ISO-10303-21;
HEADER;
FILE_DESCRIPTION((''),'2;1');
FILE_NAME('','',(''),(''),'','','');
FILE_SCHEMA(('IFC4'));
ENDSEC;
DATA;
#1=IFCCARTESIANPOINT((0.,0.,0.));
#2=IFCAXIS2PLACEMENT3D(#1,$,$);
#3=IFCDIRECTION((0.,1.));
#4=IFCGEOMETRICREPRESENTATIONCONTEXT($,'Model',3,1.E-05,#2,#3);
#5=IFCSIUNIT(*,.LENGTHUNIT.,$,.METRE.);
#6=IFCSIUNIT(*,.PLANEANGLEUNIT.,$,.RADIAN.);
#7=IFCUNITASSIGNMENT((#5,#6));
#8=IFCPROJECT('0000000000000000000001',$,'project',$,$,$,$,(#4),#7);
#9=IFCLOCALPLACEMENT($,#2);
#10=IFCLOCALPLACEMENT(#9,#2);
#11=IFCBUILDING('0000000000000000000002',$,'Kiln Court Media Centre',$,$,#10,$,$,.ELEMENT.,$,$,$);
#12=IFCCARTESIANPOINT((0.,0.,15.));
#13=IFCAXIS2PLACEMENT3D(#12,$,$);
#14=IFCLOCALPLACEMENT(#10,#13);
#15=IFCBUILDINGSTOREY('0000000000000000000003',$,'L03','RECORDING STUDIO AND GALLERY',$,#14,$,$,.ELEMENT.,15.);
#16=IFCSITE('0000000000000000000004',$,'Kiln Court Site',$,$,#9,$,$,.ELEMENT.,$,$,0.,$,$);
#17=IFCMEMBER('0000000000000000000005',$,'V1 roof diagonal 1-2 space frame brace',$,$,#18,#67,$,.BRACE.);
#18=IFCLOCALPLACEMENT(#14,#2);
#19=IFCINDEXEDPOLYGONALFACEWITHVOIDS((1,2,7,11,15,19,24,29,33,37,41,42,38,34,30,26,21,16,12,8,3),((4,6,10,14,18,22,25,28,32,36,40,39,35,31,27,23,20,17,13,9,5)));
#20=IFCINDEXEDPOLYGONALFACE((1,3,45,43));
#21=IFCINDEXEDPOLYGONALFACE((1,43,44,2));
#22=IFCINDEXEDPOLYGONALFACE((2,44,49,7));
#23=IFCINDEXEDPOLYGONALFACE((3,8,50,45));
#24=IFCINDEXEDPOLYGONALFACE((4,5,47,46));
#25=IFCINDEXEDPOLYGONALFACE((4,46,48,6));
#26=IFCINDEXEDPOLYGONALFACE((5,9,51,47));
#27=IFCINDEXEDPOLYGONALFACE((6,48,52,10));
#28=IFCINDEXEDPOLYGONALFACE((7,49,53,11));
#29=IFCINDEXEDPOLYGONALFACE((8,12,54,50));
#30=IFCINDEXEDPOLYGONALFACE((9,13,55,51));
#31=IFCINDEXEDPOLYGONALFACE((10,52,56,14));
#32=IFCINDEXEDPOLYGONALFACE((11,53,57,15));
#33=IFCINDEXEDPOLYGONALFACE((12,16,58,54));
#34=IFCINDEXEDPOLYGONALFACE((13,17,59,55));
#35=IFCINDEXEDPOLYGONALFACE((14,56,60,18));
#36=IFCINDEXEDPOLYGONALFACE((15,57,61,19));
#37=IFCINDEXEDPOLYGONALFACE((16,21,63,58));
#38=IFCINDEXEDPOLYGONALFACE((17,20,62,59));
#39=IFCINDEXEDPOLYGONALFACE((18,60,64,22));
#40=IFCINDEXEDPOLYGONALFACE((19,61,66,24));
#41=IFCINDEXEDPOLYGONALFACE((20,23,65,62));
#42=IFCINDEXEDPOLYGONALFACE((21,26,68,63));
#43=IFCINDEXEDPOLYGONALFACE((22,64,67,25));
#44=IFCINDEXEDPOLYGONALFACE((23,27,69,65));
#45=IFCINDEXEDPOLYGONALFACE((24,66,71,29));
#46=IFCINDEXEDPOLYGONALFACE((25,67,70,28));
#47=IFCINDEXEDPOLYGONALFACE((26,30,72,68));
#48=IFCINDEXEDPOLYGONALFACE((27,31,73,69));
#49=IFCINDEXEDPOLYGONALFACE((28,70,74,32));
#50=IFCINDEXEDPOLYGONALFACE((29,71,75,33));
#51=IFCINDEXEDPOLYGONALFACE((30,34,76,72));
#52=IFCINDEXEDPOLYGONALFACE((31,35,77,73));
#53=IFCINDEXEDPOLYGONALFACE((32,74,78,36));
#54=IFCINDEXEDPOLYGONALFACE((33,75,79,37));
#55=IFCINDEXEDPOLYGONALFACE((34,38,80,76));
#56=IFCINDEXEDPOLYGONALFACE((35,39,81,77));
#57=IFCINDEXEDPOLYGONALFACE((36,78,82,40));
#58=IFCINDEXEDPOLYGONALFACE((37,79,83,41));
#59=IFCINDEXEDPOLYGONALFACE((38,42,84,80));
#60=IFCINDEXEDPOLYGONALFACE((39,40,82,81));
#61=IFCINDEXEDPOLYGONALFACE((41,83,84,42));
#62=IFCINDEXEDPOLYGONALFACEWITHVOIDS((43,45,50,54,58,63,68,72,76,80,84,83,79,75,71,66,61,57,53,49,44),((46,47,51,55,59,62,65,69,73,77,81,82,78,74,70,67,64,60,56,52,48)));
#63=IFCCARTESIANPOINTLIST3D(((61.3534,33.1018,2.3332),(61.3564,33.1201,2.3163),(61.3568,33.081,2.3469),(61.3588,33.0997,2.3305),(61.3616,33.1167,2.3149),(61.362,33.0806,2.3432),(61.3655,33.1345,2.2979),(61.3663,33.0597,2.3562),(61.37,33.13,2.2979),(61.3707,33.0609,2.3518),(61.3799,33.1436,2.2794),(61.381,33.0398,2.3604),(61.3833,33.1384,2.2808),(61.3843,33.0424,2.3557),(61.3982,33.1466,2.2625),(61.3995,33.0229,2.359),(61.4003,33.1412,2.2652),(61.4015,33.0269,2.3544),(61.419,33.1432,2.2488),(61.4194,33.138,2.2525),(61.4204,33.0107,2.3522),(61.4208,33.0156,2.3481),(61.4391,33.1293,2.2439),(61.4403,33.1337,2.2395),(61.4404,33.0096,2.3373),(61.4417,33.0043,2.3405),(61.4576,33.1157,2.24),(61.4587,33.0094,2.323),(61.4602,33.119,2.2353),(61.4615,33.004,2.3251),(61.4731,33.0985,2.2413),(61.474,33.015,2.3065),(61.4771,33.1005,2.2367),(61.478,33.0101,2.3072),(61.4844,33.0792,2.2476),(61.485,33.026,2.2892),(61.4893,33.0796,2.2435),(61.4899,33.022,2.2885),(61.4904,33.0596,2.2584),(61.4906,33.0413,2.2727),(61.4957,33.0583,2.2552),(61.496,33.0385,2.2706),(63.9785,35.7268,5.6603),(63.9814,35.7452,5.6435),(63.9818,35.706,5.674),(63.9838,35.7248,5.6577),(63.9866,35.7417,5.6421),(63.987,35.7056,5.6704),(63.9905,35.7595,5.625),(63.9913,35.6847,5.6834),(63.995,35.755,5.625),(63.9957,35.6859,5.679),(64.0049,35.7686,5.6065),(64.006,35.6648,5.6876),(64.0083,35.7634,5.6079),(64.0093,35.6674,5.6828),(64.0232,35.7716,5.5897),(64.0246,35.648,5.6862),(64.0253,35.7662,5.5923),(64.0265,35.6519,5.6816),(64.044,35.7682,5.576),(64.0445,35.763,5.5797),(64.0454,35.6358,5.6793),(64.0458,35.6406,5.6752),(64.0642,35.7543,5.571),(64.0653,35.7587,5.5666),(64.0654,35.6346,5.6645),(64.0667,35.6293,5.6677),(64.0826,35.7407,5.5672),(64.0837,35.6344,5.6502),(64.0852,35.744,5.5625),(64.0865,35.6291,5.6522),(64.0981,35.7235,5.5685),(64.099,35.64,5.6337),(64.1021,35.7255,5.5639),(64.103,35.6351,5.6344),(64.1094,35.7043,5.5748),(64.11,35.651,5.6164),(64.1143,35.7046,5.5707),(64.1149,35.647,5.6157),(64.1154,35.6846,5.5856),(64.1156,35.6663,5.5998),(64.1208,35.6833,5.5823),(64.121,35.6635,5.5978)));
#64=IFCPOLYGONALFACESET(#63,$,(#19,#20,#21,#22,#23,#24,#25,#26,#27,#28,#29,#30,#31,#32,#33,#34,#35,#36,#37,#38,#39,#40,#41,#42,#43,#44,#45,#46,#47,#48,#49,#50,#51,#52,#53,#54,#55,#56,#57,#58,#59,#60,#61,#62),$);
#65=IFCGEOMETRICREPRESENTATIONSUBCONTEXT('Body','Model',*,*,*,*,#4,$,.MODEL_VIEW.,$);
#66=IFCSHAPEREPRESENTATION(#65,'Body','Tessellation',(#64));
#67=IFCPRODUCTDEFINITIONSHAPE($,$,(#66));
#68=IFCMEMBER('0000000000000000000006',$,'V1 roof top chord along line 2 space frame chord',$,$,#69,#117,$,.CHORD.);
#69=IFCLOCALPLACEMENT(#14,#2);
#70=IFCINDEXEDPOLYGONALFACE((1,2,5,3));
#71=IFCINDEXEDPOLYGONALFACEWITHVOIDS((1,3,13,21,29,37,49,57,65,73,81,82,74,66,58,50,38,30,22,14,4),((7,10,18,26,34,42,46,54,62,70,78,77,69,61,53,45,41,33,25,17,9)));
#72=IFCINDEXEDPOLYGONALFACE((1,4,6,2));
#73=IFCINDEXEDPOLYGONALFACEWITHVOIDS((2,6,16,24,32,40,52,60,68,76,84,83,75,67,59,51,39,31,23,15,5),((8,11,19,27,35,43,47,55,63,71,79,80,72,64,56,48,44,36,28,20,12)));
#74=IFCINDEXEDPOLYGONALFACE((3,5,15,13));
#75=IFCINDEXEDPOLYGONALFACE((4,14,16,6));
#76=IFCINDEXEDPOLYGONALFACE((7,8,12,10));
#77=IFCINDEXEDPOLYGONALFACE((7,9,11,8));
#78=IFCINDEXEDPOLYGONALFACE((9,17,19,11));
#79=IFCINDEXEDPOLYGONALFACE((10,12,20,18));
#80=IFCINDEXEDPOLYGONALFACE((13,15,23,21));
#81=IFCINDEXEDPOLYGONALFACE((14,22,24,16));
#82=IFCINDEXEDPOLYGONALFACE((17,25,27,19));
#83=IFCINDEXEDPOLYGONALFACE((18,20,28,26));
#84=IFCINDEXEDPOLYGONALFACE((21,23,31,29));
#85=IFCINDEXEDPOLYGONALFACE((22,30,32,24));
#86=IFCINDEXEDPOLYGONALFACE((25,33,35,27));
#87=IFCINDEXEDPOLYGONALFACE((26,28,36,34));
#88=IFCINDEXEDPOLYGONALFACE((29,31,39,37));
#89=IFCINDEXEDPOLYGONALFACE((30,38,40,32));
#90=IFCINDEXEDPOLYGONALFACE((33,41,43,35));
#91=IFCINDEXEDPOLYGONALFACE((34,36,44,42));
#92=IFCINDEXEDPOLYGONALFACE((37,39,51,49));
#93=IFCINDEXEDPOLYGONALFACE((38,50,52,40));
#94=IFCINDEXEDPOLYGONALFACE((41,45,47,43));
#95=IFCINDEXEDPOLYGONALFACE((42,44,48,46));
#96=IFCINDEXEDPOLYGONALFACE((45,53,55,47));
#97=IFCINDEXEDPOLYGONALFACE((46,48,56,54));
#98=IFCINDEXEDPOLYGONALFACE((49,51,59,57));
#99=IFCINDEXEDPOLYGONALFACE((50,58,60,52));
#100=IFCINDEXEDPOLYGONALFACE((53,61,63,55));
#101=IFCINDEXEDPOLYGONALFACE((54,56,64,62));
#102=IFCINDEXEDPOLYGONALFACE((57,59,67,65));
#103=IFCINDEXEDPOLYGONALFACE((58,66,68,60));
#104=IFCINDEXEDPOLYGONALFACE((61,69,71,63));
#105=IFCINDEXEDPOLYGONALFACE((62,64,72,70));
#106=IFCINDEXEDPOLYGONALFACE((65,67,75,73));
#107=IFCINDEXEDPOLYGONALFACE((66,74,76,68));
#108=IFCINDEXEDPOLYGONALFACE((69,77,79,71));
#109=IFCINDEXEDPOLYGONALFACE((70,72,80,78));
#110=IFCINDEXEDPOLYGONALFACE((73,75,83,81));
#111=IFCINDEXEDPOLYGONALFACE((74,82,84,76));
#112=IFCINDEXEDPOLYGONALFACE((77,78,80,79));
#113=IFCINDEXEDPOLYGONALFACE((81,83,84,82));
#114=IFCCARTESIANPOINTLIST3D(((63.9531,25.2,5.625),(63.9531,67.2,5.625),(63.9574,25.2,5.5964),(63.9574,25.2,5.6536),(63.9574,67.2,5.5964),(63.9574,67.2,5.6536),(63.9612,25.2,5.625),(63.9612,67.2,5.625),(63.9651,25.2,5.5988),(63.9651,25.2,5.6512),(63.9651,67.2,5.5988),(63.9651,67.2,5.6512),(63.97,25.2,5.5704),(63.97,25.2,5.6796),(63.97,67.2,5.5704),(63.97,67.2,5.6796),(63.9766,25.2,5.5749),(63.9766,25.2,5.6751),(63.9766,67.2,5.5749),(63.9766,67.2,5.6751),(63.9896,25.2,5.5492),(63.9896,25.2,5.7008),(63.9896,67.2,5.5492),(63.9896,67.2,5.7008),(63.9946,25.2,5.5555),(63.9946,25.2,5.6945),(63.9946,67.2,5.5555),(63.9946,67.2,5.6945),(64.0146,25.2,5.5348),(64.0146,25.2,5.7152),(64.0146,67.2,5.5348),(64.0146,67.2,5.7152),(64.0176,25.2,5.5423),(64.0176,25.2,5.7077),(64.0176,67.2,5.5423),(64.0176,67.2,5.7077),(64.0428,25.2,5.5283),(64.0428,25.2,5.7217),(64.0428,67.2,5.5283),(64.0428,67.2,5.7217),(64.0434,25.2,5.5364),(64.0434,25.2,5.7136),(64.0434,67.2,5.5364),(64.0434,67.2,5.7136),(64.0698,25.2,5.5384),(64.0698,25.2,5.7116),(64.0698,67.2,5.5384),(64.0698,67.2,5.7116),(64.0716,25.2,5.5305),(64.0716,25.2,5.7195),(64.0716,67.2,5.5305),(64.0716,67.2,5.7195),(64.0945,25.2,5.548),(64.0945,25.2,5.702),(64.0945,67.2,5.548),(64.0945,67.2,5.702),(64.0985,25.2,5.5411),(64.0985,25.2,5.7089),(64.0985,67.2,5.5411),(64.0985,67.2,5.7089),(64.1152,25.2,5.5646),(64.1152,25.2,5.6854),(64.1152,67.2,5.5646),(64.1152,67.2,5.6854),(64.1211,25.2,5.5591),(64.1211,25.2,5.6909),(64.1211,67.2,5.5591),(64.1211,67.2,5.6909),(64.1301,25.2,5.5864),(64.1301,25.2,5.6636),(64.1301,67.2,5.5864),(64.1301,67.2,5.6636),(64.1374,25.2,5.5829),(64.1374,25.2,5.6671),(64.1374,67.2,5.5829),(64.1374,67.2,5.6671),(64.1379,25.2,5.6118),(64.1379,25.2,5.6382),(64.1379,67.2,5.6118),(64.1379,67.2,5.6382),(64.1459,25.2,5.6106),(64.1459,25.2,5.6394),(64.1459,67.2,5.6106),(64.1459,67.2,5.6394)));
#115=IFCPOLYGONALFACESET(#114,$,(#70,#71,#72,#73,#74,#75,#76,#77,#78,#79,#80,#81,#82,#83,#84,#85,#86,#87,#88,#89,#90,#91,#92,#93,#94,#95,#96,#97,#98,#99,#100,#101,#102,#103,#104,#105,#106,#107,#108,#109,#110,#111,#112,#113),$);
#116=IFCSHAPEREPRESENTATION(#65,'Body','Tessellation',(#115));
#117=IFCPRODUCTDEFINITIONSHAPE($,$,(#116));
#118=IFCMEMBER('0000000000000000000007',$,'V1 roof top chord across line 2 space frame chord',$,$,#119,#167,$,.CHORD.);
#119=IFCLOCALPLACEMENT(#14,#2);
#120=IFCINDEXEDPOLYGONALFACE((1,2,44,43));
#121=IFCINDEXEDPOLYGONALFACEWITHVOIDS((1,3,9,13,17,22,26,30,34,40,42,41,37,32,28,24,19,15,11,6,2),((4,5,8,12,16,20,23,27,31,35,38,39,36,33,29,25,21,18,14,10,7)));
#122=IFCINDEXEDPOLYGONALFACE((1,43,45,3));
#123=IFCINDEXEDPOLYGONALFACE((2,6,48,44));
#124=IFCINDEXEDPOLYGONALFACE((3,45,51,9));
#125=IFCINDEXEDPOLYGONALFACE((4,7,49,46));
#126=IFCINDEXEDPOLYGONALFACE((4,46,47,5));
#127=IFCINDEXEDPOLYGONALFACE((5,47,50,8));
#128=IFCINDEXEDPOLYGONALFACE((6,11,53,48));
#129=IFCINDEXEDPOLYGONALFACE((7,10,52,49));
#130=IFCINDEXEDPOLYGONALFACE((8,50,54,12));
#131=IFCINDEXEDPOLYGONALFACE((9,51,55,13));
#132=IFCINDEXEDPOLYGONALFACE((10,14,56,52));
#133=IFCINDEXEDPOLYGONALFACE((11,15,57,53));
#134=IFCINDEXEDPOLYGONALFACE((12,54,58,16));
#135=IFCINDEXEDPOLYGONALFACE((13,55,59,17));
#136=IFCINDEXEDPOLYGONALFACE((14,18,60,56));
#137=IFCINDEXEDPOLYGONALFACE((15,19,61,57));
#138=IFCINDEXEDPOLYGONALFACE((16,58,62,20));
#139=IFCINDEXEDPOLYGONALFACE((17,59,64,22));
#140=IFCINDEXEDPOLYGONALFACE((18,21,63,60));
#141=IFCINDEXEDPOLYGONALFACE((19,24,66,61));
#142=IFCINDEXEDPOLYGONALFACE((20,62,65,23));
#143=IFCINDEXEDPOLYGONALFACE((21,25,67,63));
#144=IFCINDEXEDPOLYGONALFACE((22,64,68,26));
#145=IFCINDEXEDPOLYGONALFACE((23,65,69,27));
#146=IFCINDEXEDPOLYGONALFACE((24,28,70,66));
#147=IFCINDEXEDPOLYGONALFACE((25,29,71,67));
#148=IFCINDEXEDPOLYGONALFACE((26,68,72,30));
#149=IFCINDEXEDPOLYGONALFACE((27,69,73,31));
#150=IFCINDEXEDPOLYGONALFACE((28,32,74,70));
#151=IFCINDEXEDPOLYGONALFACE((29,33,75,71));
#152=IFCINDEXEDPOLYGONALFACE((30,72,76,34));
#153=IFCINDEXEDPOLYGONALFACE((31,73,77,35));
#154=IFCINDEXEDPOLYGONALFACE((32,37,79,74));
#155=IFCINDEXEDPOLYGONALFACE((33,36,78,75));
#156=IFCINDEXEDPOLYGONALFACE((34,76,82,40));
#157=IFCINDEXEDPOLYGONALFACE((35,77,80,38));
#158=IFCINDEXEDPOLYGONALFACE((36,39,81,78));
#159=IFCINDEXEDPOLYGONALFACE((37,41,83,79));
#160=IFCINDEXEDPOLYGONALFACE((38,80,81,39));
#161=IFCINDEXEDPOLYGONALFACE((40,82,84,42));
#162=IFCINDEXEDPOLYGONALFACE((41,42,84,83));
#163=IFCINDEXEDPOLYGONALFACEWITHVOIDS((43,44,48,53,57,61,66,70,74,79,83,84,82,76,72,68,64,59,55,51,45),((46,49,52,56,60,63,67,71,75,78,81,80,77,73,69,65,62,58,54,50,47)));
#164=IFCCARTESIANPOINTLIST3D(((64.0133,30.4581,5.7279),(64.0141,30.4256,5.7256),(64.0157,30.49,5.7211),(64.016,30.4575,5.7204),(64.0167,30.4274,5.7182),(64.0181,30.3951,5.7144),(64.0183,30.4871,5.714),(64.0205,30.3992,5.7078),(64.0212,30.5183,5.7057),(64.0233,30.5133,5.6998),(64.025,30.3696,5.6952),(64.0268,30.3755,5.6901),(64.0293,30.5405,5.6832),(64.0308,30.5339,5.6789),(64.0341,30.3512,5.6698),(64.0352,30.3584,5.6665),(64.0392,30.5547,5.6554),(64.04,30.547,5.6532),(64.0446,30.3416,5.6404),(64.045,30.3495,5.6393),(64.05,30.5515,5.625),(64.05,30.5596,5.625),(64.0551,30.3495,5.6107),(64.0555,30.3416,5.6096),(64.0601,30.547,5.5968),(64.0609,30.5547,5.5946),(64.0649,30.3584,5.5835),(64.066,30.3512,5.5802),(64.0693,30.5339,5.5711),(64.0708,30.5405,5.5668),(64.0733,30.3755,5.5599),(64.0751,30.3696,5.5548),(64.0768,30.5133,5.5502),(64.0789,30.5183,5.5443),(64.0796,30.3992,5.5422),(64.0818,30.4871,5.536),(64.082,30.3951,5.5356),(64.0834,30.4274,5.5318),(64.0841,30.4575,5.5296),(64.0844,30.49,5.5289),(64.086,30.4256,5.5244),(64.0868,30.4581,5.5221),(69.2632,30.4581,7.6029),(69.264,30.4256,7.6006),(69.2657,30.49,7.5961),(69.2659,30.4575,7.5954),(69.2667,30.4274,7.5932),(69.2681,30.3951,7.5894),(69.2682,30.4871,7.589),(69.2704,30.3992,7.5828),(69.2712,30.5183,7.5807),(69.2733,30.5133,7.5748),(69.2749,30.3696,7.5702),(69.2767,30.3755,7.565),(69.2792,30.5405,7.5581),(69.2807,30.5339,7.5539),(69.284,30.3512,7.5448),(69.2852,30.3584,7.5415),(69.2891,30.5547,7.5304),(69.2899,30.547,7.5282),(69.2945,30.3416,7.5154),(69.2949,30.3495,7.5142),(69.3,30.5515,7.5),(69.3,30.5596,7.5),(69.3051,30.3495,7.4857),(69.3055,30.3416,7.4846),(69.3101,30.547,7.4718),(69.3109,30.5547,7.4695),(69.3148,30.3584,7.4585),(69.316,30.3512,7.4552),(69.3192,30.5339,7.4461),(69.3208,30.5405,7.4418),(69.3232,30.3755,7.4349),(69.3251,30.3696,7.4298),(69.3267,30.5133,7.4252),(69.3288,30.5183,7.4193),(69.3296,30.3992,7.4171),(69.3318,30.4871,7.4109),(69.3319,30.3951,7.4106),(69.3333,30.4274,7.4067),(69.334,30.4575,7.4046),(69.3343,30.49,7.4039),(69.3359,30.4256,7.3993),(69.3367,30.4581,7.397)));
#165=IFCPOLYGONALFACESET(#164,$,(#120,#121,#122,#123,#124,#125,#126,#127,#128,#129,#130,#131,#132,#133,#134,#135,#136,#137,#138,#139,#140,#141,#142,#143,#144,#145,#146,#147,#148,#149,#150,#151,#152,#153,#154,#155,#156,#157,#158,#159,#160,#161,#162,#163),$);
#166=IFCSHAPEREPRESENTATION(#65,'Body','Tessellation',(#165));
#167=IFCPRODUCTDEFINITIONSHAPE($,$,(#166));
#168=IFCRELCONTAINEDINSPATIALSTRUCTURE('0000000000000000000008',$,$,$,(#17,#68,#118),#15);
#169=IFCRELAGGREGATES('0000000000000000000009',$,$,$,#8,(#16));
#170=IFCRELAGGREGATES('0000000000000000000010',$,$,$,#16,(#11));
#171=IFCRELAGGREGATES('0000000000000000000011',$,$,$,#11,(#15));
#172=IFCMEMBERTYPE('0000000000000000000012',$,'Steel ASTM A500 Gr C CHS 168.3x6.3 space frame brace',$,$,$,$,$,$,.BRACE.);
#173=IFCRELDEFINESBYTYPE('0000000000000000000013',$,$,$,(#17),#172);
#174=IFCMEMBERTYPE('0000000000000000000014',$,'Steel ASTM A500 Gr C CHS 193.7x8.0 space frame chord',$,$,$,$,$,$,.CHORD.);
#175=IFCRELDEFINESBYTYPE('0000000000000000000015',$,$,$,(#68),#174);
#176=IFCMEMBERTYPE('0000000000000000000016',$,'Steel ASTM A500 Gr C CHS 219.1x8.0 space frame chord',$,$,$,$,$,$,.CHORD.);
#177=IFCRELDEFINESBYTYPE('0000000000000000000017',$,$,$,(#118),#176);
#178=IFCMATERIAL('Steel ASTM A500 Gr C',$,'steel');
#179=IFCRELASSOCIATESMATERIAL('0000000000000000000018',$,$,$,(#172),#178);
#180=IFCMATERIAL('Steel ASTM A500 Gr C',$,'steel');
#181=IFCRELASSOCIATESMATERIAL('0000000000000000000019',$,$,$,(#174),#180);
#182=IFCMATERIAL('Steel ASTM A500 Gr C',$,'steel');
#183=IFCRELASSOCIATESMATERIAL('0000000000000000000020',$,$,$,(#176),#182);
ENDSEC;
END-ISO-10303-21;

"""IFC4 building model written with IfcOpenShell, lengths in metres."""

from ifc_helpers import new_model, si_unit, direction, frame, origin, origin_2d, place, context, subcontext, project, spatial, hollow_circle, extrude, material, material_profile, profile_set, type_object, element, save


model = new_model("IFC4")

# Units and contexts
model_context = context("Model", 3, precision=1e-05, world=origin(), true_north=direction((0.0, 1.0)))
body_context = subcontext(model_context, "Body", "Model", "MODEL_VIEW")
ifc_project = project(units=[si_unit("LENGTHUNIT", "METRE"), si_unit("PLANEANGLEUNIT", "RADIAN")], contexts=[model_context])

# Site, building, storey
site_placement = place(None, origin())
site = spatial("IfcSite", under=ifc_project, at=site_placement, Name="Kiln Court Site", CompositionType="ELEMENT", RefElevation=0.0)
building_placement = place(site_placement, origin())
building = spatial("IfcBuilding", under=site, at=building_placement, Name="Kiln Court Media Centre", CompositionType="ELEMENT")
storey_placement = place(building_placement, frame((0.0, 0.0, 15.0)))
storey = spatial("IfcBuildingStorey", under=building, at=storey_placement, Name="L03", Description="RECORDING STUDIO AND GALLERY", CompositionType="ELEMENT", Elevation=15.0)

# Members
ifc_material_1 = material(Name="Steel ASTM A500 Gr C", Category="steel")
ifc_material_profile_1 = material_profile(ifc_material_1, hollow_circle(Radius=0.0842, WallThickness=0.0063, at=origin_2d()), Name="CHS 168.3x6.3")
ifc_profile_set_1 = profile_set([ifc_material_profile_1], Name="Steel ASTM A500 Gr C")
member_type_1 = type_object("IfcMemberType", Name="Steel ASTM A500 Gr C CHS 168.3x6.3 space frame brace", PredefinedType="BRACE", material=ifc_profile_set_1)
member_1_placement = place(storey_placement, frame((61.425, 33.075, 2.2979), z_axis=(0.52657, 0.52657, 0.667419), x_axis=(-0.707107, 0.707107, 0.0)))
element("IfcMember", 1, at=member_1_placement, inside=storey, type_object=member_type_1, Name="V1 roof diagonal 1-2 space frame brace", PredefinedType="BRACE", context=body_context, shape_type="SweptSolid", body=[
    extrude(hollow_circle(Radius=0.0842, WallThickness=0.0063, at=origin_2d()), origin(), (0.0, 0.0, 1.0), 4.9851),
])
ifc_material_2 = material(Name="Steel ASTM A500 Gr C", Category="steel")
ifc_material_profile_2 = material_profile(ifc_material_2, hollow_circle(Radius=0.0969, WallThickness=0.0081, at=origin_2d()), Name="CHS 193.7x8.0")
ifc_profile_set_2 = profile_set([ifc_material_profile_2], Name="Steel ASTM A500 Gr C")
member_type_2 = type_object("IfcMemberType", Name="Steel ASTM A500 Gr C CHS 193.7x8.0 space frame chord", PredefinedType="CHORD", material=ifc_profile_set_2)
member_2_placement = place(storey_placement, frame((64.05, 25.2, 5.625), z_axis=(0.0, 1.0, 0.0), x_axis=(-1.0, 0.0, 0.0)))
element("IfcMember", 2, at=member_2_placement, inside=storey, type_object=member_type_2, Name="V1 roof top chord along line 2 space frame chord", PredefinedType="CHORD", context=body_context, shape_type="SweptSolid", body=[
    extrude(hollow_circle(Radius=0.0969, WallThickness=0.0081, at=origin_2d()), origin(), (0.0, 0.0, 1.0), 42.0),
])
ifc_material_3 = material(Name="Steel ASTM A500 Gr C", Category="steel")
ifc_material_profile_3 = material_profile(ifc_material_3, hollow_circle(Radius=0.1096, WallThickness=0.0081, at=origin_2d()), Name="CHS 219.1x8.0")
ifc_profile_set_3 = profile_set([ifc_material_profile_3], Name="Steel ASTM A500 Gr C")
member_type_3 = type_object("IfcMemberType", Name="Steel ASTM A500 Gr C CHS 219.1x8.0 space frame chord", PredefinedType="CHORD", material=ifc_profile_set_3)
for number, where, z_axis, x_axis, name in (
    (3, (64.05, 30.45, 5.625), (0.941742, 0.0, 0.336336), (0.0, 1.0, 0.0), "V1 roof top chord across line 2 space frame chord"),
):
    element("IfcMember", number, at=place(storey_placement, frame(where, z_axis=z_axis, x_axis=x_axis)), inside=storey, type_object=member_type_3, Name=name, PredefinedType="CHORD", context=body_context, shape_type="SweptSolid", body=[
        extrude(hollow_circle(Radius=0.1096, WallThickness=0.0081, at=origin_2d()), origin(), (0.0, 0.0, 1.0), 5.5747),
    ])

save(model, "model.ifc")
